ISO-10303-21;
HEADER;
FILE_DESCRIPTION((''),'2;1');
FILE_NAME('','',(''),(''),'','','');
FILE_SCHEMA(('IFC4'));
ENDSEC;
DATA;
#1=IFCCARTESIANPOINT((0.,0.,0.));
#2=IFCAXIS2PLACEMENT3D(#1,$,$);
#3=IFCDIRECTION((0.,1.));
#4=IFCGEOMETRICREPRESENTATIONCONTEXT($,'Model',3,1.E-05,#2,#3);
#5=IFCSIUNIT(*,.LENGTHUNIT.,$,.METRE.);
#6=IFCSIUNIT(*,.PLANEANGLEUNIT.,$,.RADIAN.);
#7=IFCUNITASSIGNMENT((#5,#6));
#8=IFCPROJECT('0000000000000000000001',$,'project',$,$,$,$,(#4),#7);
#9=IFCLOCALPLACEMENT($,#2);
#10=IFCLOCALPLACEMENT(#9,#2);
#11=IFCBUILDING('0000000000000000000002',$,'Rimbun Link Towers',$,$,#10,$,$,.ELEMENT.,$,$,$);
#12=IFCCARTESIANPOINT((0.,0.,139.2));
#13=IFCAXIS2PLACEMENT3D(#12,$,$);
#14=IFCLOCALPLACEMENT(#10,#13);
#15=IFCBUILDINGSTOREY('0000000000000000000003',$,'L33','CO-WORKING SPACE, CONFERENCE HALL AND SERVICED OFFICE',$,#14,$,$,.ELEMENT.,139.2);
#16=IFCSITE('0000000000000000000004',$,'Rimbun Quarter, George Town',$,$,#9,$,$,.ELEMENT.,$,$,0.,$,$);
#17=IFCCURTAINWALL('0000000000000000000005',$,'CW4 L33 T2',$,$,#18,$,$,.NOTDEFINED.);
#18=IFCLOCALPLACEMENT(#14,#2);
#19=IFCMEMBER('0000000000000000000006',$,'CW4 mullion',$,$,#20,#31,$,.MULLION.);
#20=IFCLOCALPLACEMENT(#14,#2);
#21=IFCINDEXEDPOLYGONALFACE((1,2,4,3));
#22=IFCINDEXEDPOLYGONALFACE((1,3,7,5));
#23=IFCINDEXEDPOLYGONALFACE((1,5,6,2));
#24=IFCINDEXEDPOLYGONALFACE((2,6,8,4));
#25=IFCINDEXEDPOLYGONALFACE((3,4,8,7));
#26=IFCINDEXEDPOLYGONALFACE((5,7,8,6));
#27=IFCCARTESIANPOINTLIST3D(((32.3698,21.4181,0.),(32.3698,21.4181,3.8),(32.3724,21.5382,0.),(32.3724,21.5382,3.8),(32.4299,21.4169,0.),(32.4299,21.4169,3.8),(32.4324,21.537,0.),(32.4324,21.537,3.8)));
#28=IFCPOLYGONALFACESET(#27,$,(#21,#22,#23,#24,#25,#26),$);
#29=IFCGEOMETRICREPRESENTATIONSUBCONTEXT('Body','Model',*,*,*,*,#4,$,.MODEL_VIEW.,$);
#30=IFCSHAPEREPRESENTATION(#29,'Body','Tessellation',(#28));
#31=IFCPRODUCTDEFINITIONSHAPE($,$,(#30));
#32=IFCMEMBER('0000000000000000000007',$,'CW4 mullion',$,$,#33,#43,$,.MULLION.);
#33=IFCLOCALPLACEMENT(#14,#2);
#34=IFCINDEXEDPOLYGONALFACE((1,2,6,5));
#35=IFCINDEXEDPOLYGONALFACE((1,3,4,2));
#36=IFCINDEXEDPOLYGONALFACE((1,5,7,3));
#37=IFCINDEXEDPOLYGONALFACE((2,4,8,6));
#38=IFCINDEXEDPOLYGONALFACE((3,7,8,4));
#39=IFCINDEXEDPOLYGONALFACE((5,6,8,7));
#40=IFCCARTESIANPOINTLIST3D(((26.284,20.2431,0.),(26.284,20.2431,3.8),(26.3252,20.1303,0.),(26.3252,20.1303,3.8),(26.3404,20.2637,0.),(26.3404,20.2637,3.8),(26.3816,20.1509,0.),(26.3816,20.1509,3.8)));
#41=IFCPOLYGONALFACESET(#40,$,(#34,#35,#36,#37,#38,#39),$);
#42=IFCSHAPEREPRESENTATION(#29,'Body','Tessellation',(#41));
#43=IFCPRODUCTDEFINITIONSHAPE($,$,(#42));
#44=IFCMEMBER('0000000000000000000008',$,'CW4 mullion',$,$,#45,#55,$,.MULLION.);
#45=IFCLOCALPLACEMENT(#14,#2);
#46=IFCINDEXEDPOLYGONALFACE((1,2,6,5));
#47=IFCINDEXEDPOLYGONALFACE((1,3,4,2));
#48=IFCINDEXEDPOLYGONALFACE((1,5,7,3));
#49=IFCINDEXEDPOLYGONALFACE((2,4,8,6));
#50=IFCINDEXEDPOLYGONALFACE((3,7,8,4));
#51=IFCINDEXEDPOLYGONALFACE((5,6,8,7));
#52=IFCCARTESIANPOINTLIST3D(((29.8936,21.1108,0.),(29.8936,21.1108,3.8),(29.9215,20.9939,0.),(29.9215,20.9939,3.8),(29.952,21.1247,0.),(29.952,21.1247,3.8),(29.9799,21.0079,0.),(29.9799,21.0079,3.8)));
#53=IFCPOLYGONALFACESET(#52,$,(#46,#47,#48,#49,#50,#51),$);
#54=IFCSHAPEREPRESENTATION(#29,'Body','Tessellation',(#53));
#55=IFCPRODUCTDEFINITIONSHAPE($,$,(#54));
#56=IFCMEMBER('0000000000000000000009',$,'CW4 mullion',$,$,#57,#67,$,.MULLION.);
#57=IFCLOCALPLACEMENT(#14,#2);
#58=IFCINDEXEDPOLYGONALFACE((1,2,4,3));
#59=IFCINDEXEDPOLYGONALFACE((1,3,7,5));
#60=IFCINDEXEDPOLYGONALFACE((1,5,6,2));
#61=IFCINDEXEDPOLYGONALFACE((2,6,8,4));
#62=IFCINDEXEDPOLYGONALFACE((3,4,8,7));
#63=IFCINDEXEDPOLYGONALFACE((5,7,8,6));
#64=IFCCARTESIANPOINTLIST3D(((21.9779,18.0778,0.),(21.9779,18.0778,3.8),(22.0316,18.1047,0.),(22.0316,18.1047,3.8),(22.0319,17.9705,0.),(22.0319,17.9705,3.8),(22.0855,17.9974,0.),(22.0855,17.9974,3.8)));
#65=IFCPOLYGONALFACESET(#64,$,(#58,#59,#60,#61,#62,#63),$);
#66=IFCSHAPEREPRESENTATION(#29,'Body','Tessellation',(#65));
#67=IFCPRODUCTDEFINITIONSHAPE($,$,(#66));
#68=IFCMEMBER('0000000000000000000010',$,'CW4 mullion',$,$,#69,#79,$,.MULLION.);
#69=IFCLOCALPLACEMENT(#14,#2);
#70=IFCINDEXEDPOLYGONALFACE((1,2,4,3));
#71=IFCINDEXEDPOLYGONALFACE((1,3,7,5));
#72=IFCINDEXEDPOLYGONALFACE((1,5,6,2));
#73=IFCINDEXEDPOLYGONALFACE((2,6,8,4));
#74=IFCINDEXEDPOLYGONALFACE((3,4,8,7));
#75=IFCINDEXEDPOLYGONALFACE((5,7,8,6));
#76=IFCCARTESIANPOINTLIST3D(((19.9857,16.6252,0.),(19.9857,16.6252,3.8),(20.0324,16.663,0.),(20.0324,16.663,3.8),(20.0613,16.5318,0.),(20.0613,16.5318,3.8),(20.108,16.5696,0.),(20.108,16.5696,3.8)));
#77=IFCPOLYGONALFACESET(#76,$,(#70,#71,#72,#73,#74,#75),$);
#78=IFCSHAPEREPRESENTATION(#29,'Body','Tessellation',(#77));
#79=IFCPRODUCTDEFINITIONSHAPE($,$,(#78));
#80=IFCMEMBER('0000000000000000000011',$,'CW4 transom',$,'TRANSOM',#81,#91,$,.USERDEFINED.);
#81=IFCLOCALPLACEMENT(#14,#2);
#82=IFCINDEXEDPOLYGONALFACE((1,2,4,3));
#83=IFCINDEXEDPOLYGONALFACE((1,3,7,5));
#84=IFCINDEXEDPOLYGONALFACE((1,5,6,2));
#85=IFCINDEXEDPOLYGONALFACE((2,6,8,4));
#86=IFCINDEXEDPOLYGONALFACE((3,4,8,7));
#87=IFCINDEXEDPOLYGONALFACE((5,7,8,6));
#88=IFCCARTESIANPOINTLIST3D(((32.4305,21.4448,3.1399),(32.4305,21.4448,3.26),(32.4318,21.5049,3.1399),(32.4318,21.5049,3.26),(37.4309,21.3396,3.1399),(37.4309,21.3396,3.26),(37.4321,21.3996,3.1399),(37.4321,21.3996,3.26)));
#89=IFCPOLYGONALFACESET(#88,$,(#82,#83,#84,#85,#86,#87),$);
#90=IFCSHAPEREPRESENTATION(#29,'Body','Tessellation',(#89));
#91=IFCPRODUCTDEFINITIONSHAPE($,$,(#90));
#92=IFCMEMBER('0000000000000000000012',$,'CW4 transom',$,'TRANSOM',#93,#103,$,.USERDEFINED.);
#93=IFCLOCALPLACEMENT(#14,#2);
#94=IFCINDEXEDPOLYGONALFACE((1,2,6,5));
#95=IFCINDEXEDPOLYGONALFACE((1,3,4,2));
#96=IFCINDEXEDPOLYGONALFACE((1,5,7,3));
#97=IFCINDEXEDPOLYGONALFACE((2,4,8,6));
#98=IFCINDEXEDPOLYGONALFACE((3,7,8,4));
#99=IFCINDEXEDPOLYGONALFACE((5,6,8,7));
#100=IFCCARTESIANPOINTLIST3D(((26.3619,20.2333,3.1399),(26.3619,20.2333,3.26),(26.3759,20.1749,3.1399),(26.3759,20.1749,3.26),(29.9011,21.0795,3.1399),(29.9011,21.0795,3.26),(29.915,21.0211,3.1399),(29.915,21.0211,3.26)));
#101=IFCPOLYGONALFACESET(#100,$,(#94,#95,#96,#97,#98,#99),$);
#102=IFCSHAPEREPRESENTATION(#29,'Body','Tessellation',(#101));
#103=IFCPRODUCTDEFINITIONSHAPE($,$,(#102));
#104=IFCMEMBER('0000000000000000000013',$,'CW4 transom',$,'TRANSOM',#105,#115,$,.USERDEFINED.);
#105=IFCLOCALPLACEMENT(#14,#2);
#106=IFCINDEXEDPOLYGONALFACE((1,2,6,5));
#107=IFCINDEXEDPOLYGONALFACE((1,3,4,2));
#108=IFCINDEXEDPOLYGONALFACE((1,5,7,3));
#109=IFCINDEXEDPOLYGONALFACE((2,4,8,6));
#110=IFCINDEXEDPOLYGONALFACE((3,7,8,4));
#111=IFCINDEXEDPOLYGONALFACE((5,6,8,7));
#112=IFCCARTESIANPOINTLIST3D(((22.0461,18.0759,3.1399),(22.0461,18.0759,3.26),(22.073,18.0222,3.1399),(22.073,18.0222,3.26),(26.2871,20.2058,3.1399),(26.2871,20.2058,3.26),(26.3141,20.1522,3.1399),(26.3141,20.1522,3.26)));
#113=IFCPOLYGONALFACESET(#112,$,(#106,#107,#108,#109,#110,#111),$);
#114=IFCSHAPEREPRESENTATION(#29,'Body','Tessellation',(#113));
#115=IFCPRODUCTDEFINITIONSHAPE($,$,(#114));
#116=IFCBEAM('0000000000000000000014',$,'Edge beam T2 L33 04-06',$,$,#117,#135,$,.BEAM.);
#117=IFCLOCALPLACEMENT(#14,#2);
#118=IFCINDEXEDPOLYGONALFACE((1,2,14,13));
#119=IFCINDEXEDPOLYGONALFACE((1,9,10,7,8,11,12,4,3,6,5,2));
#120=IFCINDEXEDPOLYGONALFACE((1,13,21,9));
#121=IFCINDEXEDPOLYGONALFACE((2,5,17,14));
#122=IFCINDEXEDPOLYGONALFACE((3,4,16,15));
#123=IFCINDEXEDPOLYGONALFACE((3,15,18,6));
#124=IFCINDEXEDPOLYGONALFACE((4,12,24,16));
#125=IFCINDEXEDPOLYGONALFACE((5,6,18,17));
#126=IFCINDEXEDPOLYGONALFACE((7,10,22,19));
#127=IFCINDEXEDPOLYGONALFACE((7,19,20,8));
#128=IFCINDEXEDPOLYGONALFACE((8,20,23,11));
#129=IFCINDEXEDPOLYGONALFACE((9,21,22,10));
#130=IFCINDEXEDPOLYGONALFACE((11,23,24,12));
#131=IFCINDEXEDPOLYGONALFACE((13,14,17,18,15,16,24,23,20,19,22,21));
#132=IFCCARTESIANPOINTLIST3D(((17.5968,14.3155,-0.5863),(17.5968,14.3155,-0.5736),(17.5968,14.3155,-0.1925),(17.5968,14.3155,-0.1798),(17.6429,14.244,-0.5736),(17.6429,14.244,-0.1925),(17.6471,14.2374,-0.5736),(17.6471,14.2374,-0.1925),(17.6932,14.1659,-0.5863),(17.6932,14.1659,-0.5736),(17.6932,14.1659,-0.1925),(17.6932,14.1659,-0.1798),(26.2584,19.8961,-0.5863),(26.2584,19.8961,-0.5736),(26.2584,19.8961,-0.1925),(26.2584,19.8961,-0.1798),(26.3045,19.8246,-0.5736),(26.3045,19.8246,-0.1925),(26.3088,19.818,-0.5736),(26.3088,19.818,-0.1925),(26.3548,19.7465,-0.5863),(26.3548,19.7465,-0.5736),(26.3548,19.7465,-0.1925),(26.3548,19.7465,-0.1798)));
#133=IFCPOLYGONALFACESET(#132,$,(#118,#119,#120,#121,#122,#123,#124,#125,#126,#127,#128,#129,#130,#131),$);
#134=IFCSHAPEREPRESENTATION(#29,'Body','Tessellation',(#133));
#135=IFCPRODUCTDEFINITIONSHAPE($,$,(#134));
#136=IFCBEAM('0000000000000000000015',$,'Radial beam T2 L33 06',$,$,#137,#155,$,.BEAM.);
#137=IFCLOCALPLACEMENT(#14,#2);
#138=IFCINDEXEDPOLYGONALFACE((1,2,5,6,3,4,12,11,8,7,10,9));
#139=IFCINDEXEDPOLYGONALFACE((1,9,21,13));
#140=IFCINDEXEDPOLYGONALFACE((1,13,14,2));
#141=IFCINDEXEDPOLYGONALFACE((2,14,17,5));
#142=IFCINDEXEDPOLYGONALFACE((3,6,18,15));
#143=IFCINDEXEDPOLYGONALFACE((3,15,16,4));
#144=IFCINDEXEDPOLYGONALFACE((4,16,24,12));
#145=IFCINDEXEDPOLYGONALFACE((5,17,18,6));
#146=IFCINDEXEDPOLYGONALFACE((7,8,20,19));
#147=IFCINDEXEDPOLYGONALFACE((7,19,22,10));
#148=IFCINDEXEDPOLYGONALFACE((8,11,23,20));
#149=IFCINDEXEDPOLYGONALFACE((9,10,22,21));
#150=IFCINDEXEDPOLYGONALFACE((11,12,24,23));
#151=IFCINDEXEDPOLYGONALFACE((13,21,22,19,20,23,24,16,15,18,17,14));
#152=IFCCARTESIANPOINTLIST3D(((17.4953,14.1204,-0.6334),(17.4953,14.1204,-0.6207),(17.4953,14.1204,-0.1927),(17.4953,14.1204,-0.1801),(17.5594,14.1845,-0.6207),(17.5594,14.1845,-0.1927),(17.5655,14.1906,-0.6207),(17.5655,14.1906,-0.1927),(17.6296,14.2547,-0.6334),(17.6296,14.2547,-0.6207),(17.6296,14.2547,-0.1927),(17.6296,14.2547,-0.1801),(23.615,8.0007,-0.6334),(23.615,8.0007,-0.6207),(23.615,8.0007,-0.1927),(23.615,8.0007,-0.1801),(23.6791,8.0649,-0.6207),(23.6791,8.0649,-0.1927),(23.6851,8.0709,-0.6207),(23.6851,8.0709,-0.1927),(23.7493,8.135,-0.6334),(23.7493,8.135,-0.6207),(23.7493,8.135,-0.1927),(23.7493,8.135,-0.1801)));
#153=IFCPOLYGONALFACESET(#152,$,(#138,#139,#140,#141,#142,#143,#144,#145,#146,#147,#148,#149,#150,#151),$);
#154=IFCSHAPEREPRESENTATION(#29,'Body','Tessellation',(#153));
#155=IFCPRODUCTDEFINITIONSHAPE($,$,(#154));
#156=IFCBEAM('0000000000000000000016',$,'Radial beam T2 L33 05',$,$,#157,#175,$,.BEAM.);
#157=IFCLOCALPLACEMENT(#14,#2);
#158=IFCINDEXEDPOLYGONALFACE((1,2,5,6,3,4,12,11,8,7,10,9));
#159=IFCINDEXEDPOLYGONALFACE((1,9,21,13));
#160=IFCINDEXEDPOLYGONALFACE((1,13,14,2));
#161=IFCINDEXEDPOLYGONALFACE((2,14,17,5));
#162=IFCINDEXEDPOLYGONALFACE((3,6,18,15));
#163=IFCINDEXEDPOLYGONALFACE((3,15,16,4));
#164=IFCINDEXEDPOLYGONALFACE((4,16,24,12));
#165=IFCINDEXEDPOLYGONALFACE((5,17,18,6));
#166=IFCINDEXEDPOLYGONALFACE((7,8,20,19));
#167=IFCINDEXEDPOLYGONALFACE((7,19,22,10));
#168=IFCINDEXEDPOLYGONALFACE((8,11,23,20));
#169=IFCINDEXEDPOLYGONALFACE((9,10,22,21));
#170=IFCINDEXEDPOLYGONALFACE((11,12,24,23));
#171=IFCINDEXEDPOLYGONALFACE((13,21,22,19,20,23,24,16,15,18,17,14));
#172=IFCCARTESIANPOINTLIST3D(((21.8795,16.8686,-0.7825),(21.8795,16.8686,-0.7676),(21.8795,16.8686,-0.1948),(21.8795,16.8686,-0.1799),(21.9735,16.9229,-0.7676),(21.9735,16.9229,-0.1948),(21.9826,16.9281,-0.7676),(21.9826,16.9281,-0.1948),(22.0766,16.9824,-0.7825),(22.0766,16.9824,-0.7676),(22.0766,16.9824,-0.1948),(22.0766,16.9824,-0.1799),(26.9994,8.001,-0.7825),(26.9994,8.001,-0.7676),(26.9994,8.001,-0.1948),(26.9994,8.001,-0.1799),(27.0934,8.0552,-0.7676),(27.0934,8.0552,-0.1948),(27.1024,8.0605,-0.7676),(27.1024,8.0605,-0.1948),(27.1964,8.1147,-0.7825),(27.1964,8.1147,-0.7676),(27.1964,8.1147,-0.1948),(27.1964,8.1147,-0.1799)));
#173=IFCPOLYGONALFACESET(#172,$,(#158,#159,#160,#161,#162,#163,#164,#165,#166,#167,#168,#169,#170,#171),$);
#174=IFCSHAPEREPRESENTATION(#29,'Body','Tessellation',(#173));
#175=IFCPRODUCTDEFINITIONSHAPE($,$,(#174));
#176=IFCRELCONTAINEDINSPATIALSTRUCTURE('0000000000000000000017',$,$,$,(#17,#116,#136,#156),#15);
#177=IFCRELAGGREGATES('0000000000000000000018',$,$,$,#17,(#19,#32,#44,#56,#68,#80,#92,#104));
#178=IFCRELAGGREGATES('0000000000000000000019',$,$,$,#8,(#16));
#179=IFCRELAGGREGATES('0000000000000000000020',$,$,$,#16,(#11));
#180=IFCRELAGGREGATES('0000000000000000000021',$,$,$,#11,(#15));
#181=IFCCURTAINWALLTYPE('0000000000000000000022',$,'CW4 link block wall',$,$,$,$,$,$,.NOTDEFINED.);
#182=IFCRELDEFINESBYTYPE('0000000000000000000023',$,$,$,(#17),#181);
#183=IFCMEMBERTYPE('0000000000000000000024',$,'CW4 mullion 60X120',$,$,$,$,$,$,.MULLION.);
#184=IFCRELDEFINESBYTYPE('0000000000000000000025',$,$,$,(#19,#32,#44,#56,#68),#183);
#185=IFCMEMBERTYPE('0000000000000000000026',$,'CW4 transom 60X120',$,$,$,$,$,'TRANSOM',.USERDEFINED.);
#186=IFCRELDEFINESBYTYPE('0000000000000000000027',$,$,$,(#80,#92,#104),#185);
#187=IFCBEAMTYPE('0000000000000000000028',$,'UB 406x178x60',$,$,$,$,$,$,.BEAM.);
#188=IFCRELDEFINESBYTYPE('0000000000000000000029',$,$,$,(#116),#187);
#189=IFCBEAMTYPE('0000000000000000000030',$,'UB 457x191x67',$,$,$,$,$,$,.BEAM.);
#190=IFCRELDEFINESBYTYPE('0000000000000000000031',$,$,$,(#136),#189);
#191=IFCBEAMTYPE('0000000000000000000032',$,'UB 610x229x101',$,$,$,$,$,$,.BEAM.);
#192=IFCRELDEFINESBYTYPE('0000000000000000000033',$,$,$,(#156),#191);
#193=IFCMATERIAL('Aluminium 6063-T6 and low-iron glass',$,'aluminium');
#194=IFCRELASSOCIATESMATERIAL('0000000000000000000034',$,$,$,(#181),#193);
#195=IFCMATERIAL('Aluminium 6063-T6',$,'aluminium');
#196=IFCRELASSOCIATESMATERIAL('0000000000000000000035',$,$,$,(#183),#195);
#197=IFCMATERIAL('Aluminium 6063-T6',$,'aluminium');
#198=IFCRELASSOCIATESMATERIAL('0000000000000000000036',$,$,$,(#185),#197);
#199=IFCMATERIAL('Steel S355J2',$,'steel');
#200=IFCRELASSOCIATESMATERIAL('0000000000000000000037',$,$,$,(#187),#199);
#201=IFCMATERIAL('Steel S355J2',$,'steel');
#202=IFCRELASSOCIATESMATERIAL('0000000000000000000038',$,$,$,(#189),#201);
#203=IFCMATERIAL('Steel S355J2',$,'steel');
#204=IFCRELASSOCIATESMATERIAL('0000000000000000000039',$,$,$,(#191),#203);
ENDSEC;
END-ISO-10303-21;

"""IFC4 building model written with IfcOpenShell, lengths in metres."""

from ifc_helpers import new_model, si_unit, direction, frame, origin, origin_2d, place, context, subcontext, project, spatial, rectangle, i_section, extrude, material, material_profile, profile_set, type_object, element, aggregate, save


model = new_model("IFC4")

# Units and contexts
model_context = context("Model", 3, precision=1e-05, world=origin(), true_north=direction((0.0, 1.0)))
body_context = subcontext(model_context, "Body", "Model", "MODEL_VIEW")
ifc_project = project(units=[si_unit("LENGTHUNIT", "METRE"), si_unit("PLANEANGLEUNIT", "RADIAN")], contexts=[model_context])

# Site, building, storey
site_placement = place(None, origin())
site = spatial("IfcSite", under=ifc_project, at=site_placement, Name="Rimbun Quarter, George Town", CompositionType="ELEMENT", RefElevation=0.0)
building_placement = place(site_placement, origin())
building = spatial("IfcBuilding", under=site, at=building_placement, Name="Rimbun Link Towers", CompositionType="ELEMENT")
storey_placement = place(building_placement, frame((0.0, 0.0, 139.2)))
storey = spatial("IfcBuildingStorey", under=building, at=storey_placement, Name="L33", Description="CO-WORKING SPACE, CONFERENCE HALL AND SERVICED OFFICE", CompositionType="ELEMENT", Elevation=139.2)

# Curtain wall, members
ifc_material_1 = material(Name="Aluminium 6063-T6 and low-iron glass", Category="aluminium")
curtain_wall_type = type_object("IfcCurtainWallType", Name="CW4 link block wall", PredefinedType="NOTDEFINED", material=ifc_material_1)
curtain_wall_placement = place(storey_placement, origin())
curtain_wall = element("IfcCurtainWall", 1, at=curtain_wall_placement, inside=storey, type_object=curtain_wall_type, Name="CW4 L33 T2", PredefinedType="NOTDEFINED")
ifc_material_2 = material(Name="Aluminium 6063-T6", Category="aluminium")
ifc_material_profile_1 = material_profile(ifc_material_2, rectangle(XDim=0.1201, YDim=0.0601, at=origin_2d()), Name="MULLION 60X120")
ifc_profile_set_1 = profile_set([ifc_material_profile_1], Name="Aluminium 6063-T6")
member_type_1 = type_object("IfcMemberType", Name="CW4 mullion 60X120", PredefinedType="MULLION", material=ifc_profile_set_1)
member_1_placement = place(storey_placement, frame((32.4011, 21.4775, 0.0), z_axis=(0.0, 0.0, 1.0), x_axis=(0.021063, 0.999778, 0.0)))
member_1 = element("IfcMember", 2, at=member_1_placement, type_object=member_type_1, Name="CW4 mullion", PredefinedType="MULLION", context=body_context, shape_type="SweptSolid", body=[
    extrude(rectangle(XDim=0.1201, YDim=0.0601, at=origin_2d()), origin(), (0.0, 0.0, 1.0), 3.8),
])
member_2_placement = place(storey_placement, frame((26.3328, 20.197, 0.0), z_axis=(0.0, 0.0, 1.0), x_axis=(-0.342963, 0.939349, 0.0)))
member_2 = element("IfcMember", 3, at=member_2_placement, type_object=member_type_1, Name="CW4 mullion", PredefinedType="MULLION", context=body_context, shape_type="SweptSolid", body=[
    extrude(rectangle(XDim=0.1201, YDim=0.0601, at=origin_2d()), origin(), (0.0, 0.0, 1.0), 3.8),
])
member_3_placement = place(storey_placement, frame((29.9368, 21.0593, 0.0), z_axis=(0.0, 0.0, 1.0), x_axis=(-0.232588, 0.972575, 0.0)))
member_3 = element("IfcMember", 4, at=member_3_placement, type_object=member_type_1, Name="CW4 mullion", PredefinedType="MULLION", context=body_context, shape_type="SweptSolid", body=[
    extrude(rectangle(XDim=0.1201, YDim=0.0601, at=origin_2d()), origin(), (0.0, 0.0, 1.0), 3.8),
])
member_4_placement = place(storey_placement, frame((22.0317, 18.0376, 0.0), z_axis=(0.0, 0.0, 1.0), x_axis=(-0.448782, 0.893641, 0.0)))
member_4 = element("IfcMember", 5, at=member_4_placement, type_object=member_type_1, Name="CW4 mullion", PredefinedType="MULLION", context=body_context, shape_type="SweptSolid", body=[
    extrude(rectangle(XDim=0.1201, YDim=0.0601, at=origin_2d()), origin(), (0.0, 0.0, 1.0), 3.8),
])
member_5_placement = place(storey_placement, frame((20.0469, 16.5974, 0.0), z_axis=(0.0, 0.0, 1.0), x_axis=(-0.629159, 0.777277, 0.0)))
member_5 = element("IfcMember", 6, at=member_5_placement, type_object=member_type_1, Name="CW4 mullion", PredefinedType="MULLION", context=body_context, shape_type="SweptSolid", body=[
    extrude(rectangle(XDim=0.1201, YDim=0.0601, at=origin_2d()), origin(), (0.0, 0.0, 1.0), 3.8),
])
ifc_material_3 = material(Name="Aluminium 6063-T6", Category="aluminium")
ifc_material_profile_2 = material_profile(ifc_material_3, rectangle(XDim=0.0601, YDim=0.1201, at=origin_2d()), Name="TRANSOM 60X120")
ifc_profile_set_2 = profile_set([ifc_material_profile_2], Name="Aluminium 6063-T6")
member_type_2 = type_object("IfcMemberType", Name="CW4 transom 60X120", ElementType="TRANSOM", PredefinedType="USERDEFINED", material=ifc_profile_set_2)
member_6_placement = place(storey_placement, frame((32.4312, 21.4749, 3.2), z_axis=(0.999779, -0.021039, 0.0), x_axis=(0.021039, 0.999779, 0.0)))
member_6 = element("IfcMember", 7, at=member_6_placement, type_object=member_type_2, Name="CW4 transom", ObjectType="TRANSOM", PredefinedType="USERDEFINED", context=body_context, shape_type="SweptSolid", body=[
    extrude(rectangle(XDim=0.0601, YDim=0.1201, at=origin_2d()), origin(), (0.0, 0.0, 1.0), 5.0015),
])
member_7_placement = place(storey_placement, frame((26.3689, 20.2041, 3.2), z_axis=(0.972585, 0.232546, 0.0), x_axis=(-0.232546, 0.972585, 0.0)))
member_7 = element("IfcMember", 8, at=member_7_placement, type_object=member_type_2, Name="CW4 transom", ObjectType="TRANSOM", PredefinedType="USERDEFINED", context=body_context, shape_type="SweptSolid", body=[
    extrude(rectangle(XDim=0.0601, YDim=0.1201, at=origin_2d()), origin(), (0.0, 0.0, 1.0), 3.6389),
])
member_8_placement = place(storey_placement, frame((22.0596, 18.0491, 3.2), z_axis=(0.893634, 0.448797, 0.0), x_axis=(-0.448797, 0.893634, 0.0)))
member_8 = element("IfcMember", 9, at=member_8_placement, type_object=member_type_2, Name="CW4 transom", ObjectType="TRANSOM", PredefinedType="USERDEFINED", context=body_context, shape_type="SweptSolid", body=[
    extrude(rectangle(XDim=0.0601, YDim=0.1201, at=origin_2d()), origin(), (0.0, 0.0, 1.0), 4.7458),
])

# Beams
ifc_material_4 = material(Name="Steel S355J2", Category="steel")
ifc_material_profile_3 = material_profile(ifc_material_4, i_section(OverallWidth=0.178, OverallDepth=0.4065, WebThickness=0.0078, FlangeThickness=0.0127, at=origin_2d()), Name="UB 406x178x60")
ifc_profile_set_3 = profile_set([ifc_material_profile_3], Name="Steel S355J2")
beam_type_1 = type_object("IfcBeamType", Name="UB 406x178x60", PredefinedType="BEAM", material=ifc_profile_set_3)
beam_1_placement = place(storey_placement, frame((26.3066, 19.8213, -0.3831), z_axis=(-0.840631, -0.541608, 0.0), x_axis=(0.541608, -0.840631, 0.0)))
element("IfcBeam", 10, at=beam_1_placement, inside=storey, type_object=beam_type_1, Name="Edge beam T2 L33 04-06", PredefinedType="BEAM", context=body_context, shape_type="SweptSolid", body=[
    extrude(i_section(OverallWidth=0.178, OverallDepth=0.4065, WebThickness=0.0078, FlangeThickness=0.0127, at=origin_2d()), origin(), (0.0, 0.0, 1.0), 10.3037),
])
ifc_material_5 = material(Name="Steel S355J2", Category="steel")
ifc_material_profile_4 = material_profile(ifc_material_5, i_section(OverallWidth=0.1899, OverallDepth=0.4534, WebThickness=0.0085, FlangeThickness=0.0127, at=origin_2d()), Name="UB 457x191x67")
ifc_profile_set_4 = profile_set([ifc_material_profile_4], Name="Steel S355J2")
beam_type_2 = type_object("IfcBeamType", Name="UB 457x191x67", PredefinedType="BEAM", material=ifc_profile_set_4)
beam_2_placement = place(storey_placement, frame((23.6821, 8.0679, -0.4067), z_axis=(-0.707107, 0.707107, 0.0), x_axis=(-0.707107, -0.707107, 0.0)))
element("IfcBeam", 11, at=beam_2_placement, inside=storey, type_object=beam_type_2, Name="Radial beam T2 L33 06", PredefinedType="BEAM", context=body_context, shape_type="SweptSolid", body=[
    extrude(i_section(OverallWidth=0.1899, OverallDepth=0.4534, WebThickness=0.0085, FlangeThickness=0.0127, at=origin_2d()), origin(), (0.0, 0.0, 1.0), 8.6545),
])
ifc_material_6 = material(Name="Steel S355J2", Category="steel")
ifc_material_profile_5 = material_profile(ifc_material_6, i_section(OverallWidth=0.2275, OverallDepth=0.6025, WebThickness=0.0105, FlangeThickness=0.0149, at=origin_2d()), Name="UB 610x229x101")
ifc_profile_set_5 = profile_set([ifc_material_profile_5], Name="Steel S355J2")
beam_type_3 = type_object("IfcBeamType", Name="UB 610x229x101", PredefinedType="BEAM", material=ifc_profile_set_5)
beam_3_placement = place(storey_placement, frame((27.0979, 8.0579, -0.4812), z_axis=(-0.500009, 0.86602, 0.0), x_axis=(-0.86602, -0.500009, 0.0)))
element("IfcBeam", 12, at=beam_3_placement, inside=storey, type_object=beam_type_3, Name="Radial beam T2 L33 05", PredefinedType="BEAM", context=body_context, shape_type="SweptSolid", body=[
    extrude(i_section(OverallWidth=0.2275, OverallDepth=0.6025, WebThickness=0.0105, FlangeThickness=0.0149, at=origin_2d()), origin(), (0.0, 0.0, 1.0), 10.2395),
])

aggregate(curtain_wall, [member_1, member_2, member_3, member_4, member_5, member_6, member_7, member_8])

save(model, "model.ifc")
